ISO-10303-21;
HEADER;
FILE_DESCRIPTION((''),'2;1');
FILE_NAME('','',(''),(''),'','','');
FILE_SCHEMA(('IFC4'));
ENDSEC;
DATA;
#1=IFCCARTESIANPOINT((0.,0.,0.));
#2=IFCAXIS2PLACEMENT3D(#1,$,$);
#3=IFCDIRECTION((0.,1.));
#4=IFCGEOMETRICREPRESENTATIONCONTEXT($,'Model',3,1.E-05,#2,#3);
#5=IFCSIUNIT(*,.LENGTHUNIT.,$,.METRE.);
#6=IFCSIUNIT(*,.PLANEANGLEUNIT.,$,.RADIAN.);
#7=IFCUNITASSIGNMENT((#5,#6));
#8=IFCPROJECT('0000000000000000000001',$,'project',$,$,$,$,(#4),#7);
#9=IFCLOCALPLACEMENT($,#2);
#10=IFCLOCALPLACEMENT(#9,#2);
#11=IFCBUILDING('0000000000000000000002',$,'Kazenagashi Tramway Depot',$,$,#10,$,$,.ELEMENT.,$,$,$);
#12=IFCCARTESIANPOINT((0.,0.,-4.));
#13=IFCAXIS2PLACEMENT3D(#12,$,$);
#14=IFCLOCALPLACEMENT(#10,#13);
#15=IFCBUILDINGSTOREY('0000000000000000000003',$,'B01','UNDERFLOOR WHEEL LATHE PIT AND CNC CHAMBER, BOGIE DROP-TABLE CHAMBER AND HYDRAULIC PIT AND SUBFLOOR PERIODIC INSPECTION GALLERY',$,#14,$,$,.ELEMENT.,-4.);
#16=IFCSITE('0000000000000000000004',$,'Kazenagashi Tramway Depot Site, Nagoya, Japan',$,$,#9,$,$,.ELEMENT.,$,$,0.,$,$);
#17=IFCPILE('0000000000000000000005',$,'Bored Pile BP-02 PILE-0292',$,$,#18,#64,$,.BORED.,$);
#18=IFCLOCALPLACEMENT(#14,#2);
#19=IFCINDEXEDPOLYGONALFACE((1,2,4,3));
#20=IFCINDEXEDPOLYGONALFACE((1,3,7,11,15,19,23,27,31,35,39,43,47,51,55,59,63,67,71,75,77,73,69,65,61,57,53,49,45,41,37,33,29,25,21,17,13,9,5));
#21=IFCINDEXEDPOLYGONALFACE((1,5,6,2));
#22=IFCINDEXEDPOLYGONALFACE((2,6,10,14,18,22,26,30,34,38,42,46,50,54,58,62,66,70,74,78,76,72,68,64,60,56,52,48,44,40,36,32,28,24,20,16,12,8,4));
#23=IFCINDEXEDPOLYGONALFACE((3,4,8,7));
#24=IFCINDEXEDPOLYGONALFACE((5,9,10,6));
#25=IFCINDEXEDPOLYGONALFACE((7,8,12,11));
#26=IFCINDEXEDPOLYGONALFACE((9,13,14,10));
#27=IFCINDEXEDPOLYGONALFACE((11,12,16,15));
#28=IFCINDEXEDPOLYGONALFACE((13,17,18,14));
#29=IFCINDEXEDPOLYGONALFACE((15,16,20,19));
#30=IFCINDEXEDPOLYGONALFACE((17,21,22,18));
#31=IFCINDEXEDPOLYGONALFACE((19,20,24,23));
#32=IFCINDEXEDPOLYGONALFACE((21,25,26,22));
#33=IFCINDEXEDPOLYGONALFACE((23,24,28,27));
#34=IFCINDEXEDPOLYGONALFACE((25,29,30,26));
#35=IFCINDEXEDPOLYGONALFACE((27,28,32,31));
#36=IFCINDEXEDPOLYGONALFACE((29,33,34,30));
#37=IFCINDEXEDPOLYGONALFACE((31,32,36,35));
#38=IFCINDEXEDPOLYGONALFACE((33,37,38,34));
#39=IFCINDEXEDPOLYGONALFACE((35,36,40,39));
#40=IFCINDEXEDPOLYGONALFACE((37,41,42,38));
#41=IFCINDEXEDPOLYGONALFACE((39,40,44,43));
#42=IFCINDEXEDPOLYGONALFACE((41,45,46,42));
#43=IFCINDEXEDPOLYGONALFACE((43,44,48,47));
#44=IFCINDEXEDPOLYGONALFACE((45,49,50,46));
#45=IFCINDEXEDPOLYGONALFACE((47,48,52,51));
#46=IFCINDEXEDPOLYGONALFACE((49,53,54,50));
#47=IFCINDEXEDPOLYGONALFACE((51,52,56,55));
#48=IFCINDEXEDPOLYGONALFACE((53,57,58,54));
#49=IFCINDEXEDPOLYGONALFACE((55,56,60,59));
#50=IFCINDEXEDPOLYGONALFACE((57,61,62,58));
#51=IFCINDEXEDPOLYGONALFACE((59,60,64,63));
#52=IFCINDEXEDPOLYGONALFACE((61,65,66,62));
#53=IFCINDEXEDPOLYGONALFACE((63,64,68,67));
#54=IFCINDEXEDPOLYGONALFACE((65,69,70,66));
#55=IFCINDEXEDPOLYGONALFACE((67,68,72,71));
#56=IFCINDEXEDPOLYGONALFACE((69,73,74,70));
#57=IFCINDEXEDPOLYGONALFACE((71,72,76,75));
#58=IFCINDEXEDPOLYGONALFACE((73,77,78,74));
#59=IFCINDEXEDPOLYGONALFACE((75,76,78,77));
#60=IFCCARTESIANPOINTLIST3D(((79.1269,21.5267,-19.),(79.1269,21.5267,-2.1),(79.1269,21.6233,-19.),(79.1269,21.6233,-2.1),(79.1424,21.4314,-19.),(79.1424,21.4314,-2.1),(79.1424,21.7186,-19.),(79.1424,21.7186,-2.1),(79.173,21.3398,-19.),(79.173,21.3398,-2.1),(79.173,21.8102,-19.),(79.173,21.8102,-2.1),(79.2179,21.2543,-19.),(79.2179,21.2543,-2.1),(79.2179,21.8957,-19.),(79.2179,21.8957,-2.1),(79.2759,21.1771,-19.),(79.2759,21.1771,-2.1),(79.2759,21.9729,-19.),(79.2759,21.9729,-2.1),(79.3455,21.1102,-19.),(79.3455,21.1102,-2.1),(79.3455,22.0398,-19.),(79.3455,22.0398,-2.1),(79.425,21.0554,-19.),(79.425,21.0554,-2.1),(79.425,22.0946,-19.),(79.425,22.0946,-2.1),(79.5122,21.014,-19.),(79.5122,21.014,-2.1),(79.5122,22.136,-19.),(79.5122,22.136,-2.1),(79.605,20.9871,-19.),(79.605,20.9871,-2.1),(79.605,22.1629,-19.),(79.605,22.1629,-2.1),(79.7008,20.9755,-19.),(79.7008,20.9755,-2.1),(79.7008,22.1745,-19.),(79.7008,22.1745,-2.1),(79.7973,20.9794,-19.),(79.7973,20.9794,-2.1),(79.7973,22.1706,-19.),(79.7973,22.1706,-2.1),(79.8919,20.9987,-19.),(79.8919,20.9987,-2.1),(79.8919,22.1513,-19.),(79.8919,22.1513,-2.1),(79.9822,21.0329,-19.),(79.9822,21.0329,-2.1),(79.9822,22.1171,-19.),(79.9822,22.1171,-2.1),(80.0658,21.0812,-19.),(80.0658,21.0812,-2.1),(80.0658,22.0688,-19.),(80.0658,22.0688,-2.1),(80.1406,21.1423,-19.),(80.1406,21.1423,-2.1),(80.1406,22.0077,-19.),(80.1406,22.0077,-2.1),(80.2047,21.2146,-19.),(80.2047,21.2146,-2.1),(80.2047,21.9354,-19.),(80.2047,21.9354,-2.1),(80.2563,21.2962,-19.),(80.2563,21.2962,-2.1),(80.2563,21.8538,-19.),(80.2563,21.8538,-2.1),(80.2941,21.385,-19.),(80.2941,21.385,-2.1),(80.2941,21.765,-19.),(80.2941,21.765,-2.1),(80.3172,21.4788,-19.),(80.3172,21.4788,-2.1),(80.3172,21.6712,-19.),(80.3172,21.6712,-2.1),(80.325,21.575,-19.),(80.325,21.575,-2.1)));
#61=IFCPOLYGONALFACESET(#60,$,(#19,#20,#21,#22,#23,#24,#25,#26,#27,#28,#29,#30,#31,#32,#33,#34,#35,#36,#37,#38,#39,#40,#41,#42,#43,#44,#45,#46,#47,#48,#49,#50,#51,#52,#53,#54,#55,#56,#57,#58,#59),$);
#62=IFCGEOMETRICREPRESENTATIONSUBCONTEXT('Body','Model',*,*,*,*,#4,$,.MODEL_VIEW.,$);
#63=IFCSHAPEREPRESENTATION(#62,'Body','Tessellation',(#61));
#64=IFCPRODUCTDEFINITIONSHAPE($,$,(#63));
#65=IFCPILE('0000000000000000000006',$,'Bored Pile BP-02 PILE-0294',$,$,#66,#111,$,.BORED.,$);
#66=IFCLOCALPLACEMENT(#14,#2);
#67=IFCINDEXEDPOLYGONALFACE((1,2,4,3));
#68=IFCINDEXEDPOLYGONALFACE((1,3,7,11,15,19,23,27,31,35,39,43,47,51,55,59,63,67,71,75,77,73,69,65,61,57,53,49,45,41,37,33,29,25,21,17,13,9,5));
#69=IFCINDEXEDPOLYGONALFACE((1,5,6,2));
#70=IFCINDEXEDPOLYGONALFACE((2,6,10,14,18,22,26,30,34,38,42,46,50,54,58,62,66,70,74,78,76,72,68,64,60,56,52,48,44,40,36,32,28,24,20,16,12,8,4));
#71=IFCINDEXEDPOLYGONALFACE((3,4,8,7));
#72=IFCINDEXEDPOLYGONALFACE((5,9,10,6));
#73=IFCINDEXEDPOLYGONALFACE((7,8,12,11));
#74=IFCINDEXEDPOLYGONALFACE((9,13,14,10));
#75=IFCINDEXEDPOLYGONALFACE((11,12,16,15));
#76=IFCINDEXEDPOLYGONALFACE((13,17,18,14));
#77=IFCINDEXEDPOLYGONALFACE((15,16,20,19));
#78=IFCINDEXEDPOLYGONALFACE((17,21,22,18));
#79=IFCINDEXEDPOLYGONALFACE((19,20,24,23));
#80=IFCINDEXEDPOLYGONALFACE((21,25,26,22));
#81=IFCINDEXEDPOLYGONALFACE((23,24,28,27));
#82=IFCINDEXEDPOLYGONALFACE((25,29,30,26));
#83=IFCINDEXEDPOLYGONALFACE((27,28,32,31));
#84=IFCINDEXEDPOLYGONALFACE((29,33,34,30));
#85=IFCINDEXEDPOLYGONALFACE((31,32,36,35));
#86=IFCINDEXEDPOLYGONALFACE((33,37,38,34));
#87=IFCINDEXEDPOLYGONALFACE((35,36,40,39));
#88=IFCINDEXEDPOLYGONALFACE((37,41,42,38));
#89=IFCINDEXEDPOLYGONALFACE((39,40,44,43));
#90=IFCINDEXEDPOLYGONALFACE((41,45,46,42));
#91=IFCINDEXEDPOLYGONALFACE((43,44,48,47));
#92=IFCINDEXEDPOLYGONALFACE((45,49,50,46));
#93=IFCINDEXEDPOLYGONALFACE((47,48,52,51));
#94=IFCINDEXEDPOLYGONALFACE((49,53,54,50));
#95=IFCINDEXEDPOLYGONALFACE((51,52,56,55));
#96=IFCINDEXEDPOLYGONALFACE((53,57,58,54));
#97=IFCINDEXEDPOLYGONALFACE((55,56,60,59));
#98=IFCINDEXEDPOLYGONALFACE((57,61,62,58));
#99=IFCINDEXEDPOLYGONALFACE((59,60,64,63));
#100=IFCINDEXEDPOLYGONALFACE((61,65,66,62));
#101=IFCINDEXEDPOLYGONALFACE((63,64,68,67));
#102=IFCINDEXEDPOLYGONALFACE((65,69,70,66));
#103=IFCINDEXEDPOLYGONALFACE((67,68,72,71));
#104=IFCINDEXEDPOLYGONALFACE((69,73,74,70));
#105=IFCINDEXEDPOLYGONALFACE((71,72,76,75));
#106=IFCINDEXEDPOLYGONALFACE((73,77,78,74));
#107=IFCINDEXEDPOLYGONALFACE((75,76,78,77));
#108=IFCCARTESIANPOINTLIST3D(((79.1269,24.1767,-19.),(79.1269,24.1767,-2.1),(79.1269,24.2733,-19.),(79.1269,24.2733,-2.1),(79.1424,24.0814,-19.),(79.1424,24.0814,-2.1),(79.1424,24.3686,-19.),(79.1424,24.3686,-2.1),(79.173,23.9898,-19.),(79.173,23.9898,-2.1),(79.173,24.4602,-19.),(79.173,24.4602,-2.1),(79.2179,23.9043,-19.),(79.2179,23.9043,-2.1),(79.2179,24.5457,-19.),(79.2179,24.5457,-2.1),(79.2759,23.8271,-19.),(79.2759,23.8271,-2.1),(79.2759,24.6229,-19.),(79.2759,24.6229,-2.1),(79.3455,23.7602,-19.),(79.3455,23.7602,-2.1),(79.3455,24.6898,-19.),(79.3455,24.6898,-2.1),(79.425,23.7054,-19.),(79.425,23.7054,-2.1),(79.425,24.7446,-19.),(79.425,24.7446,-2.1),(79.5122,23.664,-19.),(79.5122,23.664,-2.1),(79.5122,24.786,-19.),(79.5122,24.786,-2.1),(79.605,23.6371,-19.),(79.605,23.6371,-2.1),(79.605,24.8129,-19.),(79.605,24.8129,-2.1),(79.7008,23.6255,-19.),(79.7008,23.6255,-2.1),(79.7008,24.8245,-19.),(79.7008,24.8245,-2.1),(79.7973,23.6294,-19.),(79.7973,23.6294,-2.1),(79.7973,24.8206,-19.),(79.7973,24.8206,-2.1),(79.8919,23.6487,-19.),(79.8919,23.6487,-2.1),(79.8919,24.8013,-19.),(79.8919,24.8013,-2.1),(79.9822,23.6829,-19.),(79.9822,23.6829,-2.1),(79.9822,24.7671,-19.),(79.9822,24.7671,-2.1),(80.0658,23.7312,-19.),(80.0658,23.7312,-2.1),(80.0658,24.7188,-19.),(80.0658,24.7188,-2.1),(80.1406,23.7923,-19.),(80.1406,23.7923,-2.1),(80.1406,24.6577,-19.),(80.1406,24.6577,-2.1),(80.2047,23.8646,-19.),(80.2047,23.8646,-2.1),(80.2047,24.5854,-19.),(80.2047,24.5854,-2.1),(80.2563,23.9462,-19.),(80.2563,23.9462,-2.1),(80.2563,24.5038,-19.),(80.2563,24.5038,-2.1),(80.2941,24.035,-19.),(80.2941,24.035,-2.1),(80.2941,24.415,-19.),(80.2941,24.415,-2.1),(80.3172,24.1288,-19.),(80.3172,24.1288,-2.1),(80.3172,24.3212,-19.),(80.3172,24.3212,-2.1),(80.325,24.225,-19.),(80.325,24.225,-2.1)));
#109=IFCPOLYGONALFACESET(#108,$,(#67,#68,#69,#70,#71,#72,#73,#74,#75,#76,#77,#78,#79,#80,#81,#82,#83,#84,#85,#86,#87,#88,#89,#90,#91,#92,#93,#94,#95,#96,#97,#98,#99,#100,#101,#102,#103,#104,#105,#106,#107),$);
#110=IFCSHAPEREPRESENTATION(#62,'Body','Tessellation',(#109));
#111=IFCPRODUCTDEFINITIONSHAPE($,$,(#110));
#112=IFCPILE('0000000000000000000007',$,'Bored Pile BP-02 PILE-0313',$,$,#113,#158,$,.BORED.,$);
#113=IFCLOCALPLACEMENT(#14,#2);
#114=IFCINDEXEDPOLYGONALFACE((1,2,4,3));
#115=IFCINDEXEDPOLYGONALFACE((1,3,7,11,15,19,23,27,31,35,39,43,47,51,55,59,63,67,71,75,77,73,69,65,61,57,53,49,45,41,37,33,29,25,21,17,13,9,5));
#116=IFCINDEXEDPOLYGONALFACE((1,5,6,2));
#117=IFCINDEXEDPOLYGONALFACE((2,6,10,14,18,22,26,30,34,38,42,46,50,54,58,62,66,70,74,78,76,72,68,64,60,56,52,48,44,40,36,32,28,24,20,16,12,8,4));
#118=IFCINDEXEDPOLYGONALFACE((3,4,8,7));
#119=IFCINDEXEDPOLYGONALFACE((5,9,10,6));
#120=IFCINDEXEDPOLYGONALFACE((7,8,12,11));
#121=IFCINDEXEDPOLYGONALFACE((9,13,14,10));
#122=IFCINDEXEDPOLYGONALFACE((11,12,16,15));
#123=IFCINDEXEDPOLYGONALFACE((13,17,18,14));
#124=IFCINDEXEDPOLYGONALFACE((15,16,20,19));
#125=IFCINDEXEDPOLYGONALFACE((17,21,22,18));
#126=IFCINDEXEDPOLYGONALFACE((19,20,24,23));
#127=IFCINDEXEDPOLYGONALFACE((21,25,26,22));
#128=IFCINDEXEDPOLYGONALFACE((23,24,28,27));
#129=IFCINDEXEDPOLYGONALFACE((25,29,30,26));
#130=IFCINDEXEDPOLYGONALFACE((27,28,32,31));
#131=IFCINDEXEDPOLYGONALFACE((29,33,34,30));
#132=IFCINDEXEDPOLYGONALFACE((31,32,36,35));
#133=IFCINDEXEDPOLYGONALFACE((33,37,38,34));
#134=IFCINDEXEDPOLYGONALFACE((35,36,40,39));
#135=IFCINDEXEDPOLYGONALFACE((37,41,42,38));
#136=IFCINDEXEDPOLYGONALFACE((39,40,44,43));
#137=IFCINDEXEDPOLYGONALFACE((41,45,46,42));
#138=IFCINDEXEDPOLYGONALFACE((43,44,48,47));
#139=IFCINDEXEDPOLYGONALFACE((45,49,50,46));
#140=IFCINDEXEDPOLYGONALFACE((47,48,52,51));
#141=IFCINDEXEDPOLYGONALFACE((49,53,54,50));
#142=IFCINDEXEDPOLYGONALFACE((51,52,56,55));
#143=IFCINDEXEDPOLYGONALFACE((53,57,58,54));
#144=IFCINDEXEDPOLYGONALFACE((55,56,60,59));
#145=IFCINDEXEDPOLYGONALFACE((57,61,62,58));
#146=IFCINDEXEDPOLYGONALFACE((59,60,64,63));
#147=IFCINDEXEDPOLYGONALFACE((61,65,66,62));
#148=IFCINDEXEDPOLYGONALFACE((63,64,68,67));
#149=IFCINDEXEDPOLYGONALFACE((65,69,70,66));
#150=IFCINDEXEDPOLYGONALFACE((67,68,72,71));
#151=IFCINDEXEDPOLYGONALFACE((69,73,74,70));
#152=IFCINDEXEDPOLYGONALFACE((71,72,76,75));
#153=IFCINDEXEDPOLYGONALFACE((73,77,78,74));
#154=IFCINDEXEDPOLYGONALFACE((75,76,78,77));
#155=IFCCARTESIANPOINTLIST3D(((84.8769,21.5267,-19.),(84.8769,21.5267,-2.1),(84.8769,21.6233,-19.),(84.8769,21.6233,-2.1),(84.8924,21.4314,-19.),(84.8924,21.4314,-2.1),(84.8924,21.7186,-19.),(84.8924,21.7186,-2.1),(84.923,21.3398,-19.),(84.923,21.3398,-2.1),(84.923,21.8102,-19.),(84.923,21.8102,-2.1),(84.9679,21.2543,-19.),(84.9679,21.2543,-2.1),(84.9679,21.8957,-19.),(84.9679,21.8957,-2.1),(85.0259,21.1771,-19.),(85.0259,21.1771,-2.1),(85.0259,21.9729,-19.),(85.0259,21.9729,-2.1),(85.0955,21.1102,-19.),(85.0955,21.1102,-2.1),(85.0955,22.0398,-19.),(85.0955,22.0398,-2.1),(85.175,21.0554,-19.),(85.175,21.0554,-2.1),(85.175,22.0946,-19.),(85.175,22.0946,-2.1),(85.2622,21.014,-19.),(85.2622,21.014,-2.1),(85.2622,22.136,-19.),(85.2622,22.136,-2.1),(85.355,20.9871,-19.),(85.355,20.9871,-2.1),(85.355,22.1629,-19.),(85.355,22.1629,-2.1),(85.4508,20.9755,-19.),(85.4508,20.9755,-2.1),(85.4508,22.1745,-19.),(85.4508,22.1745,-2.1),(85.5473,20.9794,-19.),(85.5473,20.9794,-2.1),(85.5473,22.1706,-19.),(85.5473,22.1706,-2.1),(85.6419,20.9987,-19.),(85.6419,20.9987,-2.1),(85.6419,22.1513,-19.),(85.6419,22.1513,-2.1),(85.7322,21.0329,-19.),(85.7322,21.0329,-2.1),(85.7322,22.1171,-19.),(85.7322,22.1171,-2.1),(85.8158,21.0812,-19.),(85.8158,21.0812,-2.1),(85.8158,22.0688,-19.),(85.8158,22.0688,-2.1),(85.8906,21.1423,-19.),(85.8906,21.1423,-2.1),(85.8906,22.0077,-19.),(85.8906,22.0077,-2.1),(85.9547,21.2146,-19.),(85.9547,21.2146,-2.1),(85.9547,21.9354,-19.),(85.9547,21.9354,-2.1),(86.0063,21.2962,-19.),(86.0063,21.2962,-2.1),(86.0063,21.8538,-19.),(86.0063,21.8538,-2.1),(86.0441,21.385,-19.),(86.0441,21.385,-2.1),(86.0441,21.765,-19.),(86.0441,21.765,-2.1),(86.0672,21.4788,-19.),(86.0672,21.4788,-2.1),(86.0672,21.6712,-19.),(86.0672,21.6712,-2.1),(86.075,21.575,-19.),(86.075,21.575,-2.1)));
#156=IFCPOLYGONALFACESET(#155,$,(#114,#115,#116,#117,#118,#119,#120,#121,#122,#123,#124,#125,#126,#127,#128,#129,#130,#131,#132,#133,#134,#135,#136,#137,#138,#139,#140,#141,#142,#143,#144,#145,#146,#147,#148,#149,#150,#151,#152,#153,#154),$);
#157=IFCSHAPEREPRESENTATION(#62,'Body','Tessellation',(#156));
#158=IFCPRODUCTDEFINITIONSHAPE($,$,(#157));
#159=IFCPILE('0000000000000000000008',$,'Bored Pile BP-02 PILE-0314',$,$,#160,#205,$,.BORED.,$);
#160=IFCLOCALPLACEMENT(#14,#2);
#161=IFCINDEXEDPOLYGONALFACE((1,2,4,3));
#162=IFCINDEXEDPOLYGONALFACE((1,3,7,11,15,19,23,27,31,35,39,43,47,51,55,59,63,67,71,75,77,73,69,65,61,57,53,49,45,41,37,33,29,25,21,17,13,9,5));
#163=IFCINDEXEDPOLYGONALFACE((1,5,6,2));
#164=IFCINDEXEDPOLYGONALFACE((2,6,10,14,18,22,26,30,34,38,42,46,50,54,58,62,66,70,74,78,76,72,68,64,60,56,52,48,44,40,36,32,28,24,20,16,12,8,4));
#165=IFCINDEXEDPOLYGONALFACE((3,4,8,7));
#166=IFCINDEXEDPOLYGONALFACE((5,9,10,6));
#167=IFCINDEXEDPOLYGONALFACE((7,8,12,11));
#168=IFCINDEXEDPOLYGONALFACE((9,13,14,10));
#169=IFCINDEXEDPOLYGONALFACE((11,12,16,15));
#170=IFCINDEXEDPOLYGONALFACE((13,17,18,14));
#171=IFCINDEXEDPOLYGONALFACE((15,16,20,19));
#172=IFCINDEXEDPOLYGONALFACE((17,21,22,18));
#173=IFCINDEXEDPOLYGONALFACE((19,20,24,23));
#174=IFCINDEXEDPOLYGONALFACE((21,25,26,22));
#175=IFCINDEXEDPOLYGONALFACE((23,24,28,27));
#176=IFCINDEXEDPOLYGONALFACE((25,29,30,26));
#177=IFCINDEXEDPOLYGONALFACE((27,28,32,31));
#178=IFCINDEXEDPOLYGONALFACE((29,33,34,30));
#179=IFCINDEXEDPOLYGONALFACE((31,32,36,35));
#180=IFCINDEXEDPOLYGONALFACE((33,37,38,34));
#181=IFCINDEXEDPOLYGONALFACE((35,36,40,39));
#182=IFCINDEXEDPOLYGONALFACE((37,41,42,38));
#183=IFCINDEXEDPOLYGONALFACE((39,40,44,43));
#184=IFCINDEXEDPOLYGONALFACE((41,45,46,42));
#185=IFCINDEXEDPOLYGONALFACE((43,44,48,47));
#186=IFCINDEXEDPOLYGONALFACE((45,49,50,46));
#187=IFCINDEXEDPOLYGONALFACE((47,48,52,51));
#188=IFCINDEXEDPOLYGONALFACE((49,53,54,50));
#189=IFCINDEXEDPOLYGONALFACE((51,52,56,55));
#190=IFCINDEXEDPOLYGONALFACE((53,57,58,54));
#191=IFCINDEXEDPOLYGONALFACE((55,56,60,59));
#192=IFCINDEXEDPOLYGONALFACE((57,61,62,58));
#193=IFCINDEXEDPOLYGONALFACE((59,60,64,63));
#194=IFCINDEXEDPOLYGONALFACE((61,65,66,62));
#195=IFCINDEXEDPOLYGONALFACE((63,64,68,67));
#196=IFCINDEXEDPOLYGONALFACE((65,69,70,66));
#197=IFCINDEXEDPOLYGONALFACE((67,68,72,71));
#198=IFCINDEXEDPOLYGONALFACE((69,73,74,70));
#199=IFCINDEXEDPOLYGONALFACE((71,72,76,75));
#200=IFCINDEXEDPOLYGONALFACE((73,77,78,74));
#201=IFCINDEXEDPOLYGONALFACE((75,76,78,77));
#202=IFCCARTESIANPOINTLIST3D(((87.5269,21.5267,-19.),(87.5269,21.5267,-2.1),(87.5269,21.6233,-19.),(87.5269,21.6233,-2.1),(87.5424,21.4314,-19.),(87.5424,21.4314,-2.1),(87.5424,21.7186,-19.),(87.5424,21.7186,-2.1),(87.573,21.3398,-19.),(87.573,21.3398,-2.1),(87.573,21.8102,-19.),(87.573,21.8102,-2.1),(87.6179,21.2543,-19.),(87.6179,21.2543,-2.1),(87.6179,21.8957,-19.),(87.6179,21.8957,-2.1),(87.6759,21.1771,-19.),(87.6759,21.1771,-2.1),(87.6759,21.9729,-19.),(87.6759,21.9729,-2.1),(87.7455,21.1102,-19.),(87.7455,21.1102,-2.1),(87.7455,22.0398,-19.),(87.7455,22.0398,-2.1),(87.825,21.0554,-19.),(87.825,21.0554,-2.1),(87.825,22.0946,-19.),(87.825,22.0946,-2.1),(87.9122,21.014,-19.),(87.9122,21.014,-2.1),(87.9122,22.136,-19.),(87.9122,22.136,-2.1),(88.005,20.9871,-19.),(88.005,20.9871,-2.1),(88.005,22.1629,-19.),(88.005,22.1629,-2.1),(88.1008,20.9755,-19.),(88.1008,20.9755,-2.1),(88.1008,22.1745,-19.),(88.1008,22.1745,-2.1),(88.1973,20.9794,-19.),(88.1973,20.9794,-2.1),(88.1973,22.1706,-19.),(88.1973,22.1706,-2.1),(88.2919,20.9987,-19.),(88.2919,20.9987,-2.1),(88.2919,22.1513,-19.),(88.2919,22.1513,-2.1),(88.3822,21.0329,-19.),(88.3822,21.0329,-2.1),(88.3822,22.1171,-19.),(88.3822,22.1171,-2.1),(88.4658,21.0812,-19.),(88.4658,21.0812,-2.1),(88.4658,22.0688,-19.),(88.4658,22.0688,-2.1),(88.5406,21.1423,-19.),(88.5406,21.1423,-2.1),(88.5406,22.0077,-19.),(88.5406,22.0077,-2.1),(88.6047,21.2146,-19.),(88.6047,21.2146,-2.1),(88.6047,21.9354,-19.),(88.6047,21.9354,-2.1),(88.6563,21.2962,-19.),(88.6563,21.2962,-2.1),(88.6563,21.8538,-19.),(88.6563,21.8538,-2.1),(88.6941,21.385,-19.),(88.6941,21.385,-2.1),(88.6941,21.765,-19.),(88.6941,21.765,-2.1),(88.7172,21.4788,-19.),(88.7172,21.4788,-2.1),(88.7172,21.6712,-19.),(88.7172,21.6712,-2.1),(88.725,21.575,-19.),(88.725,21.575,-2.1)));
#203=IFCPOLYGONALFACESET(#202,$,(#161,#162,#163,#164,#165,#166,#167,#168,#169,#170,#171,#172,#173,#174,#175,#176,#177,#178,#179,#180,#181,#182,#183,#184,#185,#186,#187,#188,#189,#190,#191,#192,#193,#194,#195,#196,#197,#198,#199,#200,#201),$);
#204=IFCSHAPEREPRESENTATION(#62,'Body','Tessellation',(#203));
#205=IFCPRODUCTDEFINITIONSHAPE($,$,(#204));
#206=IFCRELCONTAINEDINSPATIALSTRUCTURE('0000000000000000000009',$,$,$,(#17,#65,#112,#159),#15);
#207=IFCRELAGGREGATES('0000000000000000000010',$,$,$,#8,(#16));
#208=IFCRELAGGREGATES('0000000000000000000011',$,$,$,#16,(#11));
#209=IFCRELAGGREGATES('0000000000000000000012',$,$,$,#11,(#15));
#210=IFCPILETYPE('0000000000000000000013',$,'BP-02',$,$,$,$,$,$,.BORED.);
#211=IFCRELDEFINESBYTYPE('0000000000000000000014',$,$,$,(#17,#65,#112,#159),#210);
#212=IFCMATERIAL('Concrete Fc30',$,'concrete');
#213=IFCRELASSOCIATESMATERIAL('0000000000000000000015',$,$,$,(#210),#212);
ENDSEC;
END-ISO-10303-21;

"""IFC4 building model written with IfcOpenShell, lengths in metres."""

from ifc_helpers import new_model, si_unit, direction, frame, origin, origin_2d, place, context, subcontext, project, spatial, circle, extrude, material, material_profile, profile_set, type_object, element, save


model = new_model("IFC4")

# Units and contexts
model_context = context("Model", 3, precision=1e-05, world=origin(), true_north=direction((0.0, 1.0)))
body_context = subcontext(model_context, "Body", "Model", "MODEL_VIEW")
ifc_project = project(units=[si_unit("LENGTHUNIT", "METRE"), si_unit("PLANEANGLEUNIT", "RADIAN")], contexts=[model_context])

# Site, building, storey
site_placement = place(None, origin())
site = spatial("IfcSite", under=ifc_project, at=site_placement, Name="Kazenagashi Tramway Depot Site, Nagoya, Japan", CompositionType="ELEMENT", RefElevation=0.0)
building_placement = place(site_placement, origin())
building = spatial("IfcBuilding", under=site, at=building_placement, Name="Kazenagashi Tramway Depot", CompositionType="ELEMENT")
storey_placement = place(building_placement, frame((0.0, 0.0, -4.0)))
storey = spatial("IfcBuildingStorey", under=building, at=storey_placement, Name="B01", Description="UNDERFLOOR WHEEL LATHE PIT AND CNC CHAMBER, BOGIE DROP-TABLE CHAMBER AND HYDRAULIC PIT AND SUBFLOOR PERIODIC INSPECTION GALLERY", CompositionType="ELEMENT", Elevation=-4.0)

# Piles
ifc_material_1 = material(Name="Concrete Fc30", Category="concrete")
ifc_material_profile_1 = material_profile(ifc_material_1, circle(Radius=0.6, at=origin_2d()), Name="PILE-1200")
ifc_profile_set_1 = profile_set([ifc_material_profile_1], Name="Concrete Fc30")
pile_type_1 = type_object("IfcPileType", Name="BP-02", PredefinedType="BORED", material=ifc_profile_set_1)
for number, where, z_axis, x_axis, name in (
    (1, (79.725, 21.575, -2.1), (0.0, 0.0, -1.0), (1.0, 0.0, 0.0), "Bored Pile BP-02 PILE-0292"),
    (2, (79.725, 24.225, -2.1), (0.0, 0.0, -1.0), (1.0, 0.0, 0.0), "Bored Pile BP-02 PILE-0294"),
    (3, (85.475, 21.575, -2.1), (0.0, 0.0, -1.0), (1.0, 0.0, 0.0), "Bored Pile BP-02 PILE-0313"),
    (4, (88.125, 21.575, -2.1), (0.0, 0.0, -1.0), (1.0, 0.0, 0.0), "Bored Pile BP-02 PILE-0314"),
):
    element("IfcPile", number, at=place(storey_placement, frame(where, z_axis=z_axis, x_axis=x_axis)), inside=storey, type_object=pile_type_1, Name=name, PredefinedType="BORED", context=body_context, shape_type="SweptSolid", body=[
        extrude(circle(Radius=0.6, at=origin_2d()), origin(), (0.0, 0.0, 1.0), 16.9),
    ])

save(model, "model.ifc")
